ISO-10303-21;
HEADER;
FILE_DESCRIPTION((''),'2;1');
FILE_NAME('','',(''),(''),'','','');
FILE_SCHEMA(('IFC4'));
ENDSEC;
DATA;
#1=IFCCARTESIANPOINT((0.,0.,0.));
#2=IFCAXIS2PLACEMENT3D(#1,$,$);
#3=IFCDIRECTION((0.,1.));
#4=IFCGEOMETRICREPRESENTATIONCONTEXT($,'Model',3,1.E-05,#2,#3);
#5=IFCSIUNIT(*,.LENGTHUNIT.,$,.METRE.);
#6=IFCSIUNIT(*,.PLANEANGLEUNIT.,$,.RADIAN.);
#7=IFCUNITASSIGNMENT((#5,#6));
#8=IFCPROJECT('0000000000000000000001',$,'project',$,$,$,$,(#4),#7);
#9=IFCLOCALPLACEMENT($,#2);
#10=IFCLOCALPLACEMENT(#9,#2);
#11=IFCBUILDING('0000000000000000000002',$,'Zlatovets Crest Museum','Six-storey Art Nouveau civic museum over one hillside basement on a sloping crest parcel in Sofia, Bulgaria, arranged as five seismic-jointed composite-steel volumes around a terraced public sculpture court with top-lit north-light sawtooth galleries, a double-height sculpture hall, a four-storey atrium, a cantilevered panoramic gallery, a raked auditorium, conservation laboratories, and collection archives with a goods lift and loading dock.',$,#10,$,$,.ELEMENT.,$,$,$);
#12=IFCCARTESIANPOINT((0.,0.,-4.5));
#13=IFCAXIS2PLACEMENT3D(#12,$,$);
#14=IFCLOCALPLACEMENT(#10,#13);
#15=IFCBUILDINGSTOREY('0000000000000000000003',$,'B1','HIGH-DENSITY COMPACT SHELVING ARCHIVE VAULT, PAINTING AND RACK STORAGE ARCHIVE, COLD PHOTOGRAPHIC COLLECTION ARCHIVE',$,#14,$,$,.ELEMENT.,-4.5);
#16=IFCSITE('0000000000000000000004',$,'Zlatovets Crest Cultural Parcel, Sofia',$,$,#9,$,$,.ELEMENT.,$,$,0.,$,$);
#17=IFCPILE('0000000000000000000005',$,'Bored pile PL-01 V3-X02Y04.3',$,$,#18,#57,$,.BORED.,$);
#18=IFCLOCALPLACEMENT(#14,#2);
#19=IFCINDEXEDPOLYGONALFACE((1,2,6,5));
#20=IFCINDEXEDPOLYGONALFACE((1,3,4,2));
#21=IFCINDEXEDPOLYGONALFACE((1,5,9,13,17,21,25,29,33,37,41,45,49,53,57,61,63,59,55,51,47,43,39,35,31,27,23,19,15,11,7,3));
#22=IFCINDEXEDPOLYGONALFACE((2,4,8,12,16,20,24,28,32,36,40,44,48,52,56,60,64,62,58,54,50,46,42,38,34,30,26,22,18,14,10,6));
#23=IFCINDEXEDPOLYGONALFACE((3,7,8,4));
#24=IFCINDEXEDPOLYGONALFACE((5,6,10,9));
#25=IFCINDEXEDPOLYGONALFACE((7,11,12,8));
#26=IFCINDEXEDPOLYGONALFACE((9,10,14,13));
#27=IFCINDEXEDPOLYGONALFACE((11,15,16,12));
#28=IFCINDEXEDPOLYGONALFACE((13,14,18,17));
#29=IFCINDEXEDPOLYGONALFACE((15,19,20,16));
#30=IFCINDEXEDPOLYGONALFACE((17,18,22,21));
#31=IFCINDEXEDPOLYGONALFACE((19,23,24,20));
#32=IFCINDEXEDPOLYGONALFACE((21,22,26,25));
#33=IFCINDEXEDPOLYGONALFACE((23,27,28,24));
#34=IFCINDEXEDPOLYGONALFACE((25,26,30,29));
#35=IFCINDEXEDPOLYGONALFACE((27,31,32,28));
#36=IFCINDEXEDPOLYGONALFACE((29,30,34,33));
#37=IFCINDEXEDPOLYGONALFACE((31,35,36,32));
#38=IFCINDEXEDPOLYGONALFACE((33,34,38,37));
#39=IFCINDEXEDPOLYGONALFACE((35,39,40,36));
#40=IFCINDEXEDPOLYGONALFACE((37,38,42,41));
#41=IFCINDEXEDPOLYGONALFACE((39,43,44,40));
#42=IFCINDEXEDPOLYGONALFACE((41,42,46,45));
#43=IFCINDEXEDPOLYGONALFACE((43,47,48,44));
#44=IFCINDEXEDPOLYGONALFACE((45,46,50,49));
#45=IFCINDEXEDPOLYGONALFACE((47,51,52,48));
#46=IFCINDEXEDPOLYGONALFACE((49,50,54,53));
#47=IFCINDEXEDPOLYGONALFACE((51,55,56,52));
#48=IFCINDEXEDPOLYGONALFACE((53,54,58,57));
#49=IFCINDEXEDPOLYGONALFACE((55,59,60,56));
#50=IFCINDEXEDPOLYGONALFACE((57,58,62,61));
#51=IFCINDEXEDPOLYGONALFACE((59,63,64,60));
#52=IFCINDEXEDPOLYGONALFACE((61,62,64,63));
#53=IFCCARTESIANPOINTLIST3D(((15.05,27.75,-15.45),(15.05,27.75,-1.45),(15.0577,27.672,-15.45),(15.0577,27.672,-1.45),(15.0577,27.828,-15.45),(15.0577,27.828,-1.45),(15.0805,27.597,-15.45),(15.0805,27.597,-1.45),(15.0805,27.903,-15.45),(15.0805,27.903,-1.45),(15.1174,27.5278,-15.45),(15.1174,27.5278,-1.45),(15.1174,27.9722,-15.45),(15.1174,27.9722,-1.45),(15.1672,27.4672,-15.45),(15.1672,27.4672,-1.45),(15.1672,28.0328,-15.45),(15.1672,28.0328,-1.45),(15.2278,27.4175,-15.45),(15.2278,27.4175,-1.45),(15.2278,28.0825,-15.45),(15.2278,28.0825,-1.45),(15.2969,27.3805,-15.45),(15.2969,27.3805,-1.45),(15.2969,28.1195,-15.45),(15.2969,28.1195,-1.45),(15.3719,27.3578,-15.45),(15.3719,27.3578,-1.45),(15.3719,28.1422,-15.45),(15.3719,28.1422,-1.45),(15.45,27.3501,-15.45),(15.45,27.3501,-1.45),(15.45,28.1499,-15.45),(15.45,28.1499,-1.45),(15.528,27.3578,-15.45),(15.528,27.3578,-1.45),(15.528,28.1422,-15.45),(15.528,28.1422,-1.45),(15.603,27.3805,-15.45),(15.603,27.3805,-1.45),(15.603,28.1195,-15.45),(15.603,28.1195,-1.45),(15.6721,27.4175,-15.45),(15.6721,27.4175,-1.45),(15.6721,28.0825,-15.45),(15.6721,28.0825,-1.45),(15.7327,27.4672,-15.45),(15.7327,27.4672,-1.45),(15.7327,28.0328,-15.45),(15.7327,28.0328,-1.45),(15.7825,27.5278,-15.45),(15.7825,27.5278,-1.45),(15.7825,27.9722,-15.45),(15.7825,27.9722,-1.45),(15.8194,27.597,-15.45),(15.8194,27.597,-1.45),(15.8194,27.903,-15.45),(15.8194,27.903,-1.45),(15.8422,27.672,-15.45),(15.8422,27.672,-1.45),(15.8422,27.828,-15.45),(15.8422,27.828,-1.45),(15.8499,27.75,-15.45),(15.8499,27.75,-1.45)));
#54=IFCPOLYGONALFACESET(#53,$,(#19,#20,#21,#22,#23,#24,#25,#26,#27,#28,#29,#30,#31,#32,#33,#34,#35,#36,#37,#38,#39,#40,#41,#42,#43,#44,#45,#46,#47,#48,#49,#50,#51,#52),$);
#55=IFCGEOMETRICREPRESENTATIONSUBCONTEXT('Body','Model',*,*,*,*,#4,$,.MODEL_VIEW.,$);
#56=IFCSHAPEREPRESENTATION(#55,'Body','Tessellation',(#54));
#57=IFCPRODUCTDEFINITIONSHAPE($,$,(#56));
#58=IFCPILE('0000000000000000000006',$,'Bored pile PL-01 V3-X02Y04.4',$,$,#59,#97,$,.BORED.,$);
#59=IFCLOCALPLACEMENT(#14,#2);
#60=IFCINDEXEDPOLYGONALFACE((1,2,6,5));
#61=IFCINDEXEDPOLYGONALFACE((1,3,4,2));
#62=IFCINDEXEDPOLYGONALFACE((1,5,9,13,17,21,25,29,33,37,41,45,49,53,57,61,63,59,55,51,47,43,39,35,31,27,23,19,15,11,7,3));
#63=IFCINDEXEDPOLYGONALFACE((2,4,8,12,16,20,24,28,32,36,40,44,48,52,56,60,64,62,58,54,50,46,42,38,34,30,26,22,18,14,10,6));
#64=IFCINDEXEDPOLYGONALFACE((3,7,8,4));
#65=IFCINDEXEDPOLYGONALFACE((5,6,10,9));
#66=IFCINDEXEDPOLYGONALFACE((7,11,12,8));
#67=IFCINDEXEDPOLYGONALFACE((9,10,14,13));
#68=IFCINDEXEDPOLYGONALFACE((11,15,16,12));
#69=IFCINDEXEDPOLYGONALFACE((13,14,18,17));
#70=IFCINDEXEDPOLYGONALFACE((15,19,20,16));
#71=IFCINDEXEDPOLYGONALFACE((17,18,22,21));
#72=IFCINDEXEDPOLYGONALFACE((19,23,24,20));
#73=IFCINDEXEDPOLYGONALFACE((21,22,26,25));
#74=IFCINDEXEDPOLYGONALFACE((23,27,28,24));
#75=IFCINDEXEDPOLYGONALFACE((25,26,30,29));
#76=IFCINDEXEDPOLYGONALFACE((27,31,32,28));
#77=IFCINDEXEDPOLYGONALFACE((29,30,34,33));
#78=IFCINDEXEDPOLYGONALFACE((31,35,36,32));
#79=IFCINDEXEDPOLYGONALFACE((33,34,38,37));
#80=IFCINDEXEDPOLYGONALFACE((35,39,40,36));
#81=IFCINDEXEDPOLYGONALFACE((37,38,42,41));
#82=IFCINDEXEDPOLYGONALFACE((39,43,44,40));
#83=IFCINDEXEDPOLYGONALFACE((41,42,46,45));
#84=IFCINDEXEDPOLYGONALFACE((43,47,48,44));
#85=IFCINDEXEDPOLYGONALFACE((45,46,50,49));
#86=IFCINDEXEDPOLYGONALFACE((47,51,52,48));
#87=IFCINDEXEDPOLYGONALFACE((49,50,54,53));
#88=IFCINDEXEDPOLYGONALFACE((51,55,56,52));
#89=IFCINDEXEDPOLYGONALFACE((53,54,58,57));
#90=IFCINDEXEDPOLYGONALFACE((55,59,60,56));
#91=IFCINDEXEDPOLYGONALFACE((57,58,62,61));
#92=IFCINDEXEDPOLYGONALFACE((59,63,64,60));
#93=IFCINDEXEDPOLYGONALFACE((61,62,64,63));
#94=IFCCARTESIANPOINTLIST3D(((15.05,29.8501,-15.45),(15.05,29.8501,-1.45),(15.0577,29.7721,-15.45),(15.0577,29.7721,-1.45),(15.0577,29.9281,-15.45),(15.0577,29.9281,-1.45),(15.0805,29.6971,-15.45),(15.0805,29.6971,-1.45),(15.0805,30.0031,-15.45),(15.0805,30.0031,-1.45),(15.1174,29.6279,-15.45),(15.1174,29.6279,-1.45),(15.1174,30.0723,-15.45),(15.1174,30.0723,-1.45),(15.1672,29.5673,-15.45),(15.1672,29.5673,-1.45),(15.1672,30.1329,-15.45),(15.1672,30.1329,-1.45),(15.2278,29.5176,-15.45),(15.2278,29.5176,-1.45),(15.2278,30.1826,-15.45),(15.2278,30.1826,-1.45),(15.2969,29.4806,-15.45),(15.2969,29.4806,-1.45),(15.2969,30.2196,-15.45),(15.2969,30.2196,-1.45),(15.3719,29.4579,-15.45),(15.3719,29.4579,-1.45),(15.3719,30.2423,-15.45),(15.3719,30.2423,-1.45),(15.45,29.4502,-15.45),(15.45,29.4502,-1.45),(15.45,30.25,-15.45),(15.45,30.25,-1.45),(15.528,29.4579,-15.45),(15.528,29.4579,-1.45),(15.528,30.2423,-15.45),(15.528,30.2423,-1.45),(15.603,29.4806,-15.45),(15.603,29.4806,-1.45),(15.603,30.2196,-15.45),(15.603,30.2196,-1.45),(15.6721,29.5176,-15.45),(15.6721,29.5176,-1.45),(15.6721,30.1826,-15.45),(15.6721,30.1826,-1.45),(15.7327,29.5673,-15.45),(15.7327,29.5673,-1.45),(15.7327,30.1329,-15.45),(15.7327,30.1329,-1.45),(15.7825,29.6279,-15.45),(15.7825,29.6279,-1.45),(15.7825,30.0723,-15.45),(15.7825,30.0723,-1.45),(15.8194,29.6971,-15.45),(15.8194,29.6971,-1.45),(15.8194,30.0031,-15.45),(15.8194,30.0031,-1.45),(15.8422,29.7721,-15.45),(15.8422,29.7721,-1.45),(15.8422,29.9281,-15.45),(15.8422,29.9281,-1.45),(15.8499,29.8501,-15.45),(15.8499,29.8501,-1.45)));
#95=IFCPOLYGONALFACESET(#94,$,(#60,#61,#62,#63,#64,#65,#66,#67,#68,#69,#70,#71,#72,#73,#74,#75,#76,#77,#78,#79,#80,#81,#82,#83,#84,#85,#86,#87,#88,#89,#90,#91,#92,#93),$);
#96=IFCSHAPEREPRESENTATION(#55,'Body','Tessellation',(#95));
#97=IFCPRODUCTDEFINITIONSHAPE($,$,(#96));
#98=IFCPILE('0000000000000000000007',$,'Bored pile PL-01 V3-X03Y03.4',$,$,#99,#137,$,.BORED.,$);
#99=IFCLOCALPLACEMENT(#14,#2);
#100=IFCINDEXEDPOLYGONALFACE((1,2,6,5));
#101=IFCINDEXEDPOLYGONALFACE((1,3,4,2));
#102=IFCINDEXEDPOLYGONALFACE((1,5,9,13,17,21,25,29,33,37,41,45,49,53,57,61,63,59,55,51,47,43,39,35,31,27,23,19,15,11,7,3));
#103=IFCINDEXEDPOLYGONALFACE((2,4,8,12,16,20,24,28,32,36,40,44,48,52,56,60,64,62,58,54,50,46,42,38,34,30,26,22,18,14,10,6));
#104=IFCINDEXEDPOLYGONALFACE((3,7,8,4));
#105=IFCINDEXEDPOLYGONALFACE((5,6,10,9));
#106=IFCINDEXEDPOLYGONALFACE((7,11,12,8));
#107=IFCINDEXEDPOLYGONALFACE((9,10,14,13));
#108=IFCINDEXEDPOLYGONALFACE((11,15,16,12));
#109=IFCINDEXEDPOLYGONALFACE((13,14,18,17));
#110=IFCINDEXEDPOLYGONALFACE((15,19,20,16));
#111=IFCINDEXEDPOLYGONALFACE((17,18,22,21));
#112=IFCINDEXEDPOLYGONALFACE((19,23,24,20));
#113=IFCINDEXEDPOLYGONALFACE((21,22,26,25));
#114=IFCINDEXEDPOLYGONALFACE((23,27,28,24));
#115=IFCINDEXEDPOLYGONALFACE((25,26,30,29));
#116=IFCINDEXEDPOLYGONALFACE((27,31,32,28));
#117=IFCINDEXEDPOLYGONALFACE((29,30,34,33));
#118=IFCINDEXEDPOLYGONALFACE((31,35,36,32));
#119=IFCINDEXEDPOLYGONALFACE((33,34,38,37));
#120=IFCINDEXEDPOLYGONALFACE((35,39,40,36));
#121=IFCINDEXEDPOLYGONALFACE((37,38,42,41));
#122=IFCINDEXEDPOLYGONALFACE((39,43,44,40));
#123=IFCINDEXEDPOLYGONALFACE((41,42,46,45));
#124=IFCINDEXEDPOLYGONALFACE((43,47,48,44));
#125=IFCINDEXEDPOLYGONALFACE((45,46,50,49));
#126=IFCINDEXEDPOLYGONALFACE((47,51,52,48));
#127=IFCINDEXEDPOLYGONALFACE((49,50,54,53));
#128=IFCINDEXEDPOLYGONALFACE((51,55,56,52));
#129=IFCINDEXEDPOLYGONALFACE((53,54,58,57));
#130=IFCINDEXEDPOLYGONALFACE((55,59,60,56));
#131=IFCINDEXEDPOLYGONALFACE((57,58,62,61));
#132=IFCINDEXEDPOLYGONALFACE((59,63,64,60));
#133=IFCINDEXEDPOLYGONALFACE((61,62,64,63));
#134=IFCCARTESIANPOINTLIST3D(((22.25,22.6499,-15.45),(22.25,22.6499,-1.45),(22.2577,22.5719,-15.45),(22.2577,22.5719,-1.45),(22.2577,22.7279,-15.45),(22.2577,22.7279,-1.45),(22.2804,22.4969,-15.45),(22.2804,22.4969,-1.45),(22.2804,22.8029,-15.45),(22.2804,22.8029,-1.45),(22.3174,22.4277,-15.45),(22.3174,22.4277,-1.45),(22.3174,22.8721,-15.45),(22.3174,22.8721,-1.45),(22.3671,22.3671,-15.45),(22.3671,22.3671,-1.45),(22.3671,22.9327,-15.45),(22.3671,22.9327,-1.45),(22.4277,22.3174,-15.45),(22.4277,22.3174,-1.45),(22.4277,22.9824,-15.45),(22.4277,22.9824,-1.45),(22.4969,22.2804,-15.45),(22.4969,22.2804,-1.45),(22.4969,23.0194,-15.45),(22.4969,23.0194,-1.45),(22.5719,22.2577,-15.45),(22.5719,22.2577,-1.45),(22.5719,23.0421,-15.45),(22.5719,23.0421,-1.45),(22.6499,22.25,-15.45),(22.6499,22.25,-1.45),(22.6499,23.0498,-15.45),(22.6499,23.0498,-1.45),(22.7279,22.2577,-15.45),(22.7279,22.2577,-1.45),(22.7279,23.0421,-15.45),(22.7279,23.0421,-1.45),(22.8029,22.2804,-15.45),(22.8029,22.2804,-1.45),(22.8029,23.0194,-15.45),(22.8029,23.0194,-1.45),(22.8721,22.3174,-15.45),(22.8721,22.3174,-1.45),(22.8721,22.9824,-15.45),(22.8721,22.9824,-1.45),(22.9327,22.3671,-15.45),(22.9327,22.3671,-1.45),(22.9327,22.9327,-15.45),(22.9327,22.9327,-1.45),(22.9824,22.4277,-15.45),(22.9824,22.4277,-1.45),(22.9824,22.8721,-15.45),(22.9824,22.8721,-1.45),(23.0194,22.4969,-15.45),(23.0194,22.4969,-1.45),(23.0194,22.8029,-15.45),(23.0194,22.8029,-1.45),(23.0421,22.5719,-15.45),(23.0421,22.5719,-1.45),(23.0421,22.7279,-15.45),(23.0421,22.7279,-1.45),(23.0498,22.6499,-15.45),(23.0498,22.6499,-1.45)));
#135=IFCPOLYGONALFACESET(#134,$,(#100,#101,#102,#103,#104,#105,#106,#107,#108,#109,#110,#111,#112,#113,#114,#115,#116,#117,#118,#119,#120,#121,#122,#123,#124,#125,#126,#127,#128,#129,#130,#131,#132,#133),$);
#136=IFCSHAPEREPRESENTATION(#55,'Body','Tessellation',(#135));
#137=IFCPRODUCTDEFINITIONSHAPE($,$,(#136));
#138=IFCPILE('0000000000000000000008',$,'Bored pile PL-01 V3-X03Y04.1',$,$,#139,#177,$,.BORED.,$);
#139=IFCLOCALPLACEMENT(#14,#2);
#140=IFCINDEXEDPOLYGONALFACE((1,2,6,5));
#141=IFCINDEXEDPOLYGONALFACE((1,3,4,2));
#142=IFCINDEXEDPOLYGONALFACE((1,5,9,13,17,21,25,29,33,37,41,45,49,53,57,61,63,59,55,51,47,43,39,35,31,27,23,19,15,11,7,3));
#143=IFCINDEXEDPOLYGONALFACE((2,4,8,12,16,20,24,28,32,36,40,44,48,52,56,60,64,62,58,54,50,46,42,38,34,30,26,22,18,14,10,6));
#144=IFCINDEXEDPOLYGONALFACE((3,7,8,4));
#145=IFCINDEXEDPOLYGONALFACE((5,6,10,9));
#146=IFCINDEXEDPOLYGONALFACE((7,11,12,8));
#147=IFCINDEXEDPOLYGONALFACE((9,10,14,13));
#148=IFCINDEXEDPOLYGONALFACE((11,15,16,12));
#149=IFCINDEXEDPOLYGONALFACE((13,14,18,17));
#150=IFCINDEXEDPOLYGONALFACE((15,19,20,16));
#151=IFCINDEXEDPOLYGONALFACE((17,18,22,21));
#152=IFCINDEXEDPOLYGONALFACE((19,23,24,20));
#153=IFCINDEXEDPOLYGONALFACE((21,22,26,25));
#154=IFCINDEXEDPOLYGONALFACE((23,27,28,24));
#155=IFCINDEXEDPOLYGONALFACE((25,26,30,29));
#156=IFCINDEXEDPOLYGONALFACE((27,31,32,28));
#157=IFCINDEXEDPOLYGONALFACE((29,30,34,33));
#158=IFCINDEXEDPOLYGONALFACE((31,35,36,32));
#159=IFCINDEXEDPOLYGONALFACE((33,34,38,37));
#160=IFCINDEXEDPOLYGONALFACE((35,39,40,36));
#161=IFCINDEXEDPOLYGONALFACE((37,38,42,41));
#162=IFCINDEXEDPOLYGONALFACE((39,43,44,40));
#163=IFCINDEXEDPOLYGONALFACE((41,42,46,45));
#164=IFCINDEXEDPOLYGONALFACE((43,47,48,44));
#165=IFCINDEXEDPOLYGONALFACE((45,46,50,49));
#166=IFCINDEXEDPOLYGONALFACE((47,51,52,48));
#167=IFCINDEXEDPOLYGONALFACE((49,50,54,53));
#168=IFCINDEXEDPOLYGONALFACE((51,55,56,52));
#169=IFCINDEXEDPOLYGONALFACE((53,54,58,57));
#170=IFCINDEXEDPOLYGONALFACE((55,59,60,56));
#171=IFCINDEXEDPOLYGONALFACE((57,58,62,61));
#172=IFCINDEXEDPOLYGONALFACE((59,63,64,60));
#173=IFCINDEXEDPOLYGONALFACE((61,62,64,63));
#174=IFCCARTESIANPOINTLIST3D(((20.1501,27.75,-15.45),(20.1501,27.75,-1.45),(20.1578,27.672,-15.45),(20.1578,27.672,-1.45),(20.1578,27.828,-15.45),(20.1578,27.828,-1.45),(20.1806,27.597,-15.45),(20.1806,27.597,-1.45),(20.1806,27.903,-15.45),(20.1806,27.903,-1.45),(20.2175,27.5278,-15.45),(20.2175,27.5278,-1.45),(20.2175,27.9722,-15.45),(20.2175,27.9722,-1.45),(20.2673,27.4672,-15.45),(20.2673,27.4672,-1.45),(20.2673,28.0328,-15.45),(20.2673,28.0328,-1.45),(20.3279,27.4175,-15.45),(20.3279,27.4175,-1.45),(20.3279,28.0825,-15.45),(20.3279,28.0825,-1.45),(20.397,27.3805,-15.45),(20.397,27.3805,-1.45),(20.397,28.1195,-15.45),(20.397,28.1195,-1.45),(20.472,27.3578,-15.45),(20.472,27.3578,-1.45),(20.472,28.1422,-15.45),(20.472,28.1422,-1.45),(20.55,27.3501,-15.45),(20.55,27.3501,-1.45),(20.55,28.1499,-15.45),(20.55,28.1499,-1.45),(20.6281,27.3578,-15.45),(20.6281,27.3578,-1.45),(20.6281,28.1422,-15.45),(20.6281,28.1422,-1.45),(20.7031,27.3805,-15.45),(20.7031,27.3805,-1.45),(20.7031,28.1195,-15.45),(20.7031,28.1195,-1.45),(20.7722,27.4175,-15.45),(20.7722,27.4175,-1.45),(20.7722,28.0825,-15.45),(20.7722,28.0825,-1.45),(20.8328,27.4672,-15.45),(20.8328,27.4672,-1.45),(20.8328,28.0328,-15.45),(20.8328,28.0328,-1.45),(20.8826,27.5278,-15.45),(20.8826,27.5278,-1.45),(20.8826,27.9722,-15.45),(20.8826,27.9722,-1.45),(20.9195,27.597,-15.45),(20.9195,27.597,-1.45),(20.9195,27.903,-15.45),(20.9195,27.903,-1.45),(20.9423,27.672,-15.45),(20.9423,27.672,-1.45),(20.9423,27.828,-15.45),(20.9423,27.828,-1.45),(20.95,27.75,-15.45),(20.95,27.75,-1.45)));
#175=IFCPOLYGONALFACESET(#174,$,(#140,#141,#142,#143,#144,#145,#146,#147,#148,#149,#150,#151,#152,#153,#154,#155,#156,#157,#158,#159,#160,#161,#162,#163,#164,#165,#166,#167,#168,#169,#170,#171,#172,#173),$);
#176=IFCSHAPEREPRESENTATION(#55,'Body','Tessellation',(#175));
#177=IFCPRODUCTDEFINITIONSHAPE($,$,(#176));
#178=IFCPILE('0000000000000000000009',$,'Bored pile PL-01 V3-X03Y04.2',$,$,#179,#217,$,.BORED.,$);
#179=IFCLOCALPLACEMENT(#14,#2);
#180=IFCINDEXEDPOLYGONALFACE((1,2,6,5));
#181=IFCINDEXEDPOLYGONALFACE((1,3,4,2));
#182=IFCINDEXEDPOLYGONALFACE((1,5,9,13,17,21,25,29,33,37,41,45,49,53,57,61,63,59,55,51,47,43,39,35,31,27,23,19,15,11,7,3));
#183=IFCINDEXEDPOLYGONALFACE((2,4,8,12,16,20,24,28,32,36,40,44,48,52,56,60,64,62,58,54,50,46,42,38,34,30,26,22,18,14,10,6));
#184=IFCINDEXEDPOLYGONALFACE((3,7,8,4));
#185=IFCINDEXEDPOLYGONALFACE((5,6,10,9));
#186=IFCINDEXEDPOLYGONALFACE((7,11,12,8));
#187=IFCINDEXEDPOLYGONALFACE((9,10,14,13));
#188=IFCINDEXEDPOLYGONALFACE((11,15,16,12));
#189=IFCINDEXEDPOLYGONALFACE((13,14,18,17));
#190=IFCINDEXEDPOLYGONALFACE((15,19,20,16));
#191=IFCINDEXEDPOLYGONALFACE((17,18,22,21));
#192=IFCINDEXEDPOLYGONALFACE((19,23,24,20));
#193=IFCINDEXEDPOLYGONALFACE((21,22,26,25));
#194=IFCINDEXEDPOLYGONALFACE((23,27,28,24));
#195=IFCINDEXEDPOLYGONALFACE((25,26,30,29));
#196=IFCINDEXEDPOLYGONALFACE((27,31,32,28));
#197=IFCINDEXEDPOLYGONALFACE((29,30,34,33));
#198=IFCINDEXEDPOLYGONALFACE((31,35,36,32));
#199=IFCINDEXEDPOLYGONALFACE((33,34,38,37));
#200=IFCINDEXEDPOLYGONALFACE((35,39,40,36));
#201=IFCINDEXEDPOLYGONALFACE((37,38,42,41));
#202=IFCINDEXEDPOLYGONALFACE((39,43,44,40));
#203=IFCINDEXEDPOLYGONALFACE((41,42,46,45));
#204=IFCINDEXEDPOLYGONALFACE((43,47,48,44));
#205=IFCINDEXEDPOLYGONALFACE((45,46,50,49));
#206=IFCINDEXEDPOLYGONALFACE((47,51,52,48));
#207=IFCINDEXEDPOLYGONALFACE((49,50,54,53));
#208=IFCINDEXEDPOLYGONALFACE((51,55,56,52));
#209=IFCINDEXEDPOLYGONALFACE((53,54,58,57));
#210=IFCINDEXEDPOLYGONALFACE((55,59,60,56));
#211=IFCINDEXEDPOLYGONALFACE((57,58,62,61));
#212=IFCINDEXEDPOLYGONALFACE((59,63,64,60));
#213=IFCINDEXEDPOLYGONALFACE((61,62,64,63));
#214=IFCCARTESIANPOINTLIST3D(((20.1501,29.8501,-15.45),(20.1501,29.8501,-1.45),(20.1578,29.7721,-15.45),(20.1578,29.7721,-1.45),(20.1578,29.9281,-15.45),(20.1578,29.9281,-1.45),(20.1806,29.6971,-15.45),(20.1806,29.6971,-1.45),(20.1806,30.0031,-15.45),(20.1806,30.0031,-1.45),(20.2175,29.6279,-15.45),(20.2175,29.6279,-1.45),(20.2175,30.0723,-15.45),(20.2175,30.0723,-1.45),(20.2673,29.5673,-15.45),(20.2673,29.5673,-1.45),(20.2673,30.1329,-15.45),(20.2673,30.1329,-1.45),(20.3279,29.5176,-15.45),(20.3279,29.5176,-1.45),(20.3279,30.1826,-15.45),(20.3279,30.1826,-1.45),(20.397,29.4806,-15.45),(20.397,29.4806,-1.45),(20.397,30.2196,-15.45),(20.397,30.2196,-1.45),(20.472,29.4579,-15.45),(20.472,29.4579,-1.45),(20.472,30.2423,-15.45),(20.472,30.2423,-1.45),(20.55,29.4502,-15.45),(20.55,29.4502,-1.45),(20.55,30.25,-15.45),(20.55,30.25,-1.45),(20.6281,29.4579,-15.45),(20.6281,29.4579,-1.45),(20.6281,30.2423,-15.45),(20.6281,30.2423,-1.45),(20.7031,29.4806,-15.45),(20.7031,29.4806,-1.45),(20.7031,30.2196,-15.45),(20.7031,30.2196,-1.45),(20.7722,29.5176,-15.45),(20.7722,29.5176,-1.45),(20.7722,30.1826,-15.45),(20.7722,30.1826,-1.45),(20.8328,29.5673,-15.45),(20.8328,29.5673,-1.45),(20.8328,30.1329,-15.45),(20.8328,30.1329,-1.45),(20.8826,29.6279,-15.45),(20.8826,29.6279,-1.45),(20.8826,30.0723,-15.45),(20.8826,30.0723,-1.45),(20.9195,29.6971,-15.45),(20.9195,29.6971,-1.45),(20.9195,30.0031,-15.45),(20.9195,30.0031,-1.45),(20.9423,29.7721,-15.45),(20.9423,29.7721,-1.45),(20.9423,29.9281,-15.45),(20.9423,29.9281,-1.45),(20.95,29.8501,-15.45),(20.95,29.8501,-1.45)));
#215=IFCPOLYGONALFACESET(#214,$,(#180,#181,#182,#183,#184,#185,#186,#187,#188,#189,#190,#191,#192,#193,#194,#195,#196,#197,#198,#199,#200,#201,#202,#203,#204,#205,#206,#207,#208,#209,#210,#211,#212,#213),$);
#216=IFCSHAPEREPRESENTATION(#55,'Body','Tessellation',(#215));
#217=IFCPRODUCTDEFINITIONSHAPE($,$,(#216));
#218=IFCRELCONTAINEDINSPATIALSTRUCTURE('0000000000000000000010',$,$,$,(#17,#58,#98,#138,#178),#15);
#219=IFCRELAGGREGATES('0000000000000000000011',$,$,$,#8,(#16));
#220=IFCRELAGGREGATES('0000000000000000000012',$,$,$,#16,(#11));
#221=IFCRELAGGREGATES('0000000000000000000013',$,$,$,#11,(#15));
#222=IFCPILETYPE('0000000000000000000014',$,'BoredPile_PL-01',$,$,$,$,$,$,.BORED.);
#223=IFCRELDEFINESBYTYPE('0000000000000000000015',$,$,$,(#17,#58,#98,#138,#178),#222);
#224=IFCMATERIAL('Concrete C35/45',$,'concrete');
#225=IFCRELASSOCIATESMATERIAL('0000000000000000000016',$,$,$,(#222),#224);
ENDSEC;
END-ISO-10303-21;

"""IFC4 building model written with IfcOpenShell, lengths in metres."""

from ifc_helpers import new_model, si_unit, direction, frame, origin, origin_2d, place, context, subcontext, project, spatial, circle, extrude, material, material_profile, profile_set, type_object, element, save


model = new_model("IFC4")

# Units and contexts
model_context = context("Model", 3, precision=1e-05, world=origin(), true_north=direction((0.0, 1.0)))
body_context = subcontext(model_context, "Body", "Model", "MODEL_VIEW")
ifc_project = project(units=[si_unit("LENGTHUNIT", "METRE"), si_unit("PLANEANGLEUNIT", "RADIAN")], contexts=[model_context])

# Site, building, storey
site_placement = place(None, origin())
site = spatial("IfcSite", under=ifc_project, at=site_placement, Name="Zlatovets Crest Cultural Parcel, Sofia", CompositionType="ELEMENT", RefElevation=0.0)
building_placement = place(site_placement, origin())
building = spatial("IfcBuilding", under=site, at=building_placement, Name="Zlatovets Crest Museum", Description="Six-storey Art Nouveau civic museum over one hillside basement on a sloping crest parcel in Sofia, Bulgaria, arranged as five seismic-jointed composite-steel volumes around a terraced public sculpture court with top-lit north-light sawtooth galleries, a double-height sculpture hall, a four-storey atrium, a cantilevered panoramic gallery, a raked auditorium, conservation laboratories, and collection archives with a goods lift and loading dock.", CompositionType="ELEMENT")
storey_placement = place(building_placement, frame((0.0, 0.0, -4.5)))
storey = spatial("IfcBuildingStorey", under=building, at=storey_placement, Name="B1", Description="HIGH-DENSITY COMPACT SHELVING ARCHIVE VAULT, PAINTING AND RACK STORAGE ARCHIVE, COLD PHOTOGRAPHIC COLLECTION ARCHIVE", CompositionType="ELEMENT", Elevation=-4.5)

# Piles
ifc_material_1 = material(Name="Concrete C35/45", Category="concrete")
ifc_material_profile_1 = material_profile(ifc_material_1, circle(Radius=0.3999, at=origin_2d()), Name="PILE D800")
ifc_profile_set_1 = profile_set([ifc_material_profile_1], Name="Concrete C35/45")
pile_type = type_object("IfcPileType", Name="BoredPile_PL-01", PredefinedType="BORED", material=ifc_profile_set_1)
for number, where, z_axis, x_axis, name in (
    (1, (15.45, 27.75, -1.45), (0.0, 0.0, -1.0), (1.0, 0.0, 0.0), "Bored pile PL-01 V3-X02Y04.3"),
    (2, (15.45, 29.8501, -1.45), (0.0, 0.0, -1.0), (1.0, 0.0, 0.0), "Bored pile PL-01 V3-X02Y04.4"),
    (3, (22.6499, 22.6499, -1.45), (0.0, 0.0, -1.0), (1.0, 0.0, 0.0), "Bored pile PL-01 V3-X03Y03.4"),
    (4, (20.55, 27.75, -1.45), (0.0, 0.0, -1.0), (1.0, 0.0, 0.0), "Bored pile PL-01 V3-X03Y04.1"),
    (5, (20.55, 29.8501, -1.45), (0.0, 0.0, -1.0), (1.0, 0.0, 0.0), "Bored pile PL-01 V3-X03Y04.2"),
):
    element("IfcPile", number, at=place(storey_placement, frame(where, z_axis=z_axis, x_axis=x_axis)), inside=storey, type_object=pile_type, Name=name, PredefinedType="BORED", context=body_context, shape_type="SweptSolid", body=[
        extrude(circle(Radius=0.3999, at=origin_2d()), origin(), (0.0, 0.0, 1.0), 14.0),
    ])

save(model, "model.ifc")
